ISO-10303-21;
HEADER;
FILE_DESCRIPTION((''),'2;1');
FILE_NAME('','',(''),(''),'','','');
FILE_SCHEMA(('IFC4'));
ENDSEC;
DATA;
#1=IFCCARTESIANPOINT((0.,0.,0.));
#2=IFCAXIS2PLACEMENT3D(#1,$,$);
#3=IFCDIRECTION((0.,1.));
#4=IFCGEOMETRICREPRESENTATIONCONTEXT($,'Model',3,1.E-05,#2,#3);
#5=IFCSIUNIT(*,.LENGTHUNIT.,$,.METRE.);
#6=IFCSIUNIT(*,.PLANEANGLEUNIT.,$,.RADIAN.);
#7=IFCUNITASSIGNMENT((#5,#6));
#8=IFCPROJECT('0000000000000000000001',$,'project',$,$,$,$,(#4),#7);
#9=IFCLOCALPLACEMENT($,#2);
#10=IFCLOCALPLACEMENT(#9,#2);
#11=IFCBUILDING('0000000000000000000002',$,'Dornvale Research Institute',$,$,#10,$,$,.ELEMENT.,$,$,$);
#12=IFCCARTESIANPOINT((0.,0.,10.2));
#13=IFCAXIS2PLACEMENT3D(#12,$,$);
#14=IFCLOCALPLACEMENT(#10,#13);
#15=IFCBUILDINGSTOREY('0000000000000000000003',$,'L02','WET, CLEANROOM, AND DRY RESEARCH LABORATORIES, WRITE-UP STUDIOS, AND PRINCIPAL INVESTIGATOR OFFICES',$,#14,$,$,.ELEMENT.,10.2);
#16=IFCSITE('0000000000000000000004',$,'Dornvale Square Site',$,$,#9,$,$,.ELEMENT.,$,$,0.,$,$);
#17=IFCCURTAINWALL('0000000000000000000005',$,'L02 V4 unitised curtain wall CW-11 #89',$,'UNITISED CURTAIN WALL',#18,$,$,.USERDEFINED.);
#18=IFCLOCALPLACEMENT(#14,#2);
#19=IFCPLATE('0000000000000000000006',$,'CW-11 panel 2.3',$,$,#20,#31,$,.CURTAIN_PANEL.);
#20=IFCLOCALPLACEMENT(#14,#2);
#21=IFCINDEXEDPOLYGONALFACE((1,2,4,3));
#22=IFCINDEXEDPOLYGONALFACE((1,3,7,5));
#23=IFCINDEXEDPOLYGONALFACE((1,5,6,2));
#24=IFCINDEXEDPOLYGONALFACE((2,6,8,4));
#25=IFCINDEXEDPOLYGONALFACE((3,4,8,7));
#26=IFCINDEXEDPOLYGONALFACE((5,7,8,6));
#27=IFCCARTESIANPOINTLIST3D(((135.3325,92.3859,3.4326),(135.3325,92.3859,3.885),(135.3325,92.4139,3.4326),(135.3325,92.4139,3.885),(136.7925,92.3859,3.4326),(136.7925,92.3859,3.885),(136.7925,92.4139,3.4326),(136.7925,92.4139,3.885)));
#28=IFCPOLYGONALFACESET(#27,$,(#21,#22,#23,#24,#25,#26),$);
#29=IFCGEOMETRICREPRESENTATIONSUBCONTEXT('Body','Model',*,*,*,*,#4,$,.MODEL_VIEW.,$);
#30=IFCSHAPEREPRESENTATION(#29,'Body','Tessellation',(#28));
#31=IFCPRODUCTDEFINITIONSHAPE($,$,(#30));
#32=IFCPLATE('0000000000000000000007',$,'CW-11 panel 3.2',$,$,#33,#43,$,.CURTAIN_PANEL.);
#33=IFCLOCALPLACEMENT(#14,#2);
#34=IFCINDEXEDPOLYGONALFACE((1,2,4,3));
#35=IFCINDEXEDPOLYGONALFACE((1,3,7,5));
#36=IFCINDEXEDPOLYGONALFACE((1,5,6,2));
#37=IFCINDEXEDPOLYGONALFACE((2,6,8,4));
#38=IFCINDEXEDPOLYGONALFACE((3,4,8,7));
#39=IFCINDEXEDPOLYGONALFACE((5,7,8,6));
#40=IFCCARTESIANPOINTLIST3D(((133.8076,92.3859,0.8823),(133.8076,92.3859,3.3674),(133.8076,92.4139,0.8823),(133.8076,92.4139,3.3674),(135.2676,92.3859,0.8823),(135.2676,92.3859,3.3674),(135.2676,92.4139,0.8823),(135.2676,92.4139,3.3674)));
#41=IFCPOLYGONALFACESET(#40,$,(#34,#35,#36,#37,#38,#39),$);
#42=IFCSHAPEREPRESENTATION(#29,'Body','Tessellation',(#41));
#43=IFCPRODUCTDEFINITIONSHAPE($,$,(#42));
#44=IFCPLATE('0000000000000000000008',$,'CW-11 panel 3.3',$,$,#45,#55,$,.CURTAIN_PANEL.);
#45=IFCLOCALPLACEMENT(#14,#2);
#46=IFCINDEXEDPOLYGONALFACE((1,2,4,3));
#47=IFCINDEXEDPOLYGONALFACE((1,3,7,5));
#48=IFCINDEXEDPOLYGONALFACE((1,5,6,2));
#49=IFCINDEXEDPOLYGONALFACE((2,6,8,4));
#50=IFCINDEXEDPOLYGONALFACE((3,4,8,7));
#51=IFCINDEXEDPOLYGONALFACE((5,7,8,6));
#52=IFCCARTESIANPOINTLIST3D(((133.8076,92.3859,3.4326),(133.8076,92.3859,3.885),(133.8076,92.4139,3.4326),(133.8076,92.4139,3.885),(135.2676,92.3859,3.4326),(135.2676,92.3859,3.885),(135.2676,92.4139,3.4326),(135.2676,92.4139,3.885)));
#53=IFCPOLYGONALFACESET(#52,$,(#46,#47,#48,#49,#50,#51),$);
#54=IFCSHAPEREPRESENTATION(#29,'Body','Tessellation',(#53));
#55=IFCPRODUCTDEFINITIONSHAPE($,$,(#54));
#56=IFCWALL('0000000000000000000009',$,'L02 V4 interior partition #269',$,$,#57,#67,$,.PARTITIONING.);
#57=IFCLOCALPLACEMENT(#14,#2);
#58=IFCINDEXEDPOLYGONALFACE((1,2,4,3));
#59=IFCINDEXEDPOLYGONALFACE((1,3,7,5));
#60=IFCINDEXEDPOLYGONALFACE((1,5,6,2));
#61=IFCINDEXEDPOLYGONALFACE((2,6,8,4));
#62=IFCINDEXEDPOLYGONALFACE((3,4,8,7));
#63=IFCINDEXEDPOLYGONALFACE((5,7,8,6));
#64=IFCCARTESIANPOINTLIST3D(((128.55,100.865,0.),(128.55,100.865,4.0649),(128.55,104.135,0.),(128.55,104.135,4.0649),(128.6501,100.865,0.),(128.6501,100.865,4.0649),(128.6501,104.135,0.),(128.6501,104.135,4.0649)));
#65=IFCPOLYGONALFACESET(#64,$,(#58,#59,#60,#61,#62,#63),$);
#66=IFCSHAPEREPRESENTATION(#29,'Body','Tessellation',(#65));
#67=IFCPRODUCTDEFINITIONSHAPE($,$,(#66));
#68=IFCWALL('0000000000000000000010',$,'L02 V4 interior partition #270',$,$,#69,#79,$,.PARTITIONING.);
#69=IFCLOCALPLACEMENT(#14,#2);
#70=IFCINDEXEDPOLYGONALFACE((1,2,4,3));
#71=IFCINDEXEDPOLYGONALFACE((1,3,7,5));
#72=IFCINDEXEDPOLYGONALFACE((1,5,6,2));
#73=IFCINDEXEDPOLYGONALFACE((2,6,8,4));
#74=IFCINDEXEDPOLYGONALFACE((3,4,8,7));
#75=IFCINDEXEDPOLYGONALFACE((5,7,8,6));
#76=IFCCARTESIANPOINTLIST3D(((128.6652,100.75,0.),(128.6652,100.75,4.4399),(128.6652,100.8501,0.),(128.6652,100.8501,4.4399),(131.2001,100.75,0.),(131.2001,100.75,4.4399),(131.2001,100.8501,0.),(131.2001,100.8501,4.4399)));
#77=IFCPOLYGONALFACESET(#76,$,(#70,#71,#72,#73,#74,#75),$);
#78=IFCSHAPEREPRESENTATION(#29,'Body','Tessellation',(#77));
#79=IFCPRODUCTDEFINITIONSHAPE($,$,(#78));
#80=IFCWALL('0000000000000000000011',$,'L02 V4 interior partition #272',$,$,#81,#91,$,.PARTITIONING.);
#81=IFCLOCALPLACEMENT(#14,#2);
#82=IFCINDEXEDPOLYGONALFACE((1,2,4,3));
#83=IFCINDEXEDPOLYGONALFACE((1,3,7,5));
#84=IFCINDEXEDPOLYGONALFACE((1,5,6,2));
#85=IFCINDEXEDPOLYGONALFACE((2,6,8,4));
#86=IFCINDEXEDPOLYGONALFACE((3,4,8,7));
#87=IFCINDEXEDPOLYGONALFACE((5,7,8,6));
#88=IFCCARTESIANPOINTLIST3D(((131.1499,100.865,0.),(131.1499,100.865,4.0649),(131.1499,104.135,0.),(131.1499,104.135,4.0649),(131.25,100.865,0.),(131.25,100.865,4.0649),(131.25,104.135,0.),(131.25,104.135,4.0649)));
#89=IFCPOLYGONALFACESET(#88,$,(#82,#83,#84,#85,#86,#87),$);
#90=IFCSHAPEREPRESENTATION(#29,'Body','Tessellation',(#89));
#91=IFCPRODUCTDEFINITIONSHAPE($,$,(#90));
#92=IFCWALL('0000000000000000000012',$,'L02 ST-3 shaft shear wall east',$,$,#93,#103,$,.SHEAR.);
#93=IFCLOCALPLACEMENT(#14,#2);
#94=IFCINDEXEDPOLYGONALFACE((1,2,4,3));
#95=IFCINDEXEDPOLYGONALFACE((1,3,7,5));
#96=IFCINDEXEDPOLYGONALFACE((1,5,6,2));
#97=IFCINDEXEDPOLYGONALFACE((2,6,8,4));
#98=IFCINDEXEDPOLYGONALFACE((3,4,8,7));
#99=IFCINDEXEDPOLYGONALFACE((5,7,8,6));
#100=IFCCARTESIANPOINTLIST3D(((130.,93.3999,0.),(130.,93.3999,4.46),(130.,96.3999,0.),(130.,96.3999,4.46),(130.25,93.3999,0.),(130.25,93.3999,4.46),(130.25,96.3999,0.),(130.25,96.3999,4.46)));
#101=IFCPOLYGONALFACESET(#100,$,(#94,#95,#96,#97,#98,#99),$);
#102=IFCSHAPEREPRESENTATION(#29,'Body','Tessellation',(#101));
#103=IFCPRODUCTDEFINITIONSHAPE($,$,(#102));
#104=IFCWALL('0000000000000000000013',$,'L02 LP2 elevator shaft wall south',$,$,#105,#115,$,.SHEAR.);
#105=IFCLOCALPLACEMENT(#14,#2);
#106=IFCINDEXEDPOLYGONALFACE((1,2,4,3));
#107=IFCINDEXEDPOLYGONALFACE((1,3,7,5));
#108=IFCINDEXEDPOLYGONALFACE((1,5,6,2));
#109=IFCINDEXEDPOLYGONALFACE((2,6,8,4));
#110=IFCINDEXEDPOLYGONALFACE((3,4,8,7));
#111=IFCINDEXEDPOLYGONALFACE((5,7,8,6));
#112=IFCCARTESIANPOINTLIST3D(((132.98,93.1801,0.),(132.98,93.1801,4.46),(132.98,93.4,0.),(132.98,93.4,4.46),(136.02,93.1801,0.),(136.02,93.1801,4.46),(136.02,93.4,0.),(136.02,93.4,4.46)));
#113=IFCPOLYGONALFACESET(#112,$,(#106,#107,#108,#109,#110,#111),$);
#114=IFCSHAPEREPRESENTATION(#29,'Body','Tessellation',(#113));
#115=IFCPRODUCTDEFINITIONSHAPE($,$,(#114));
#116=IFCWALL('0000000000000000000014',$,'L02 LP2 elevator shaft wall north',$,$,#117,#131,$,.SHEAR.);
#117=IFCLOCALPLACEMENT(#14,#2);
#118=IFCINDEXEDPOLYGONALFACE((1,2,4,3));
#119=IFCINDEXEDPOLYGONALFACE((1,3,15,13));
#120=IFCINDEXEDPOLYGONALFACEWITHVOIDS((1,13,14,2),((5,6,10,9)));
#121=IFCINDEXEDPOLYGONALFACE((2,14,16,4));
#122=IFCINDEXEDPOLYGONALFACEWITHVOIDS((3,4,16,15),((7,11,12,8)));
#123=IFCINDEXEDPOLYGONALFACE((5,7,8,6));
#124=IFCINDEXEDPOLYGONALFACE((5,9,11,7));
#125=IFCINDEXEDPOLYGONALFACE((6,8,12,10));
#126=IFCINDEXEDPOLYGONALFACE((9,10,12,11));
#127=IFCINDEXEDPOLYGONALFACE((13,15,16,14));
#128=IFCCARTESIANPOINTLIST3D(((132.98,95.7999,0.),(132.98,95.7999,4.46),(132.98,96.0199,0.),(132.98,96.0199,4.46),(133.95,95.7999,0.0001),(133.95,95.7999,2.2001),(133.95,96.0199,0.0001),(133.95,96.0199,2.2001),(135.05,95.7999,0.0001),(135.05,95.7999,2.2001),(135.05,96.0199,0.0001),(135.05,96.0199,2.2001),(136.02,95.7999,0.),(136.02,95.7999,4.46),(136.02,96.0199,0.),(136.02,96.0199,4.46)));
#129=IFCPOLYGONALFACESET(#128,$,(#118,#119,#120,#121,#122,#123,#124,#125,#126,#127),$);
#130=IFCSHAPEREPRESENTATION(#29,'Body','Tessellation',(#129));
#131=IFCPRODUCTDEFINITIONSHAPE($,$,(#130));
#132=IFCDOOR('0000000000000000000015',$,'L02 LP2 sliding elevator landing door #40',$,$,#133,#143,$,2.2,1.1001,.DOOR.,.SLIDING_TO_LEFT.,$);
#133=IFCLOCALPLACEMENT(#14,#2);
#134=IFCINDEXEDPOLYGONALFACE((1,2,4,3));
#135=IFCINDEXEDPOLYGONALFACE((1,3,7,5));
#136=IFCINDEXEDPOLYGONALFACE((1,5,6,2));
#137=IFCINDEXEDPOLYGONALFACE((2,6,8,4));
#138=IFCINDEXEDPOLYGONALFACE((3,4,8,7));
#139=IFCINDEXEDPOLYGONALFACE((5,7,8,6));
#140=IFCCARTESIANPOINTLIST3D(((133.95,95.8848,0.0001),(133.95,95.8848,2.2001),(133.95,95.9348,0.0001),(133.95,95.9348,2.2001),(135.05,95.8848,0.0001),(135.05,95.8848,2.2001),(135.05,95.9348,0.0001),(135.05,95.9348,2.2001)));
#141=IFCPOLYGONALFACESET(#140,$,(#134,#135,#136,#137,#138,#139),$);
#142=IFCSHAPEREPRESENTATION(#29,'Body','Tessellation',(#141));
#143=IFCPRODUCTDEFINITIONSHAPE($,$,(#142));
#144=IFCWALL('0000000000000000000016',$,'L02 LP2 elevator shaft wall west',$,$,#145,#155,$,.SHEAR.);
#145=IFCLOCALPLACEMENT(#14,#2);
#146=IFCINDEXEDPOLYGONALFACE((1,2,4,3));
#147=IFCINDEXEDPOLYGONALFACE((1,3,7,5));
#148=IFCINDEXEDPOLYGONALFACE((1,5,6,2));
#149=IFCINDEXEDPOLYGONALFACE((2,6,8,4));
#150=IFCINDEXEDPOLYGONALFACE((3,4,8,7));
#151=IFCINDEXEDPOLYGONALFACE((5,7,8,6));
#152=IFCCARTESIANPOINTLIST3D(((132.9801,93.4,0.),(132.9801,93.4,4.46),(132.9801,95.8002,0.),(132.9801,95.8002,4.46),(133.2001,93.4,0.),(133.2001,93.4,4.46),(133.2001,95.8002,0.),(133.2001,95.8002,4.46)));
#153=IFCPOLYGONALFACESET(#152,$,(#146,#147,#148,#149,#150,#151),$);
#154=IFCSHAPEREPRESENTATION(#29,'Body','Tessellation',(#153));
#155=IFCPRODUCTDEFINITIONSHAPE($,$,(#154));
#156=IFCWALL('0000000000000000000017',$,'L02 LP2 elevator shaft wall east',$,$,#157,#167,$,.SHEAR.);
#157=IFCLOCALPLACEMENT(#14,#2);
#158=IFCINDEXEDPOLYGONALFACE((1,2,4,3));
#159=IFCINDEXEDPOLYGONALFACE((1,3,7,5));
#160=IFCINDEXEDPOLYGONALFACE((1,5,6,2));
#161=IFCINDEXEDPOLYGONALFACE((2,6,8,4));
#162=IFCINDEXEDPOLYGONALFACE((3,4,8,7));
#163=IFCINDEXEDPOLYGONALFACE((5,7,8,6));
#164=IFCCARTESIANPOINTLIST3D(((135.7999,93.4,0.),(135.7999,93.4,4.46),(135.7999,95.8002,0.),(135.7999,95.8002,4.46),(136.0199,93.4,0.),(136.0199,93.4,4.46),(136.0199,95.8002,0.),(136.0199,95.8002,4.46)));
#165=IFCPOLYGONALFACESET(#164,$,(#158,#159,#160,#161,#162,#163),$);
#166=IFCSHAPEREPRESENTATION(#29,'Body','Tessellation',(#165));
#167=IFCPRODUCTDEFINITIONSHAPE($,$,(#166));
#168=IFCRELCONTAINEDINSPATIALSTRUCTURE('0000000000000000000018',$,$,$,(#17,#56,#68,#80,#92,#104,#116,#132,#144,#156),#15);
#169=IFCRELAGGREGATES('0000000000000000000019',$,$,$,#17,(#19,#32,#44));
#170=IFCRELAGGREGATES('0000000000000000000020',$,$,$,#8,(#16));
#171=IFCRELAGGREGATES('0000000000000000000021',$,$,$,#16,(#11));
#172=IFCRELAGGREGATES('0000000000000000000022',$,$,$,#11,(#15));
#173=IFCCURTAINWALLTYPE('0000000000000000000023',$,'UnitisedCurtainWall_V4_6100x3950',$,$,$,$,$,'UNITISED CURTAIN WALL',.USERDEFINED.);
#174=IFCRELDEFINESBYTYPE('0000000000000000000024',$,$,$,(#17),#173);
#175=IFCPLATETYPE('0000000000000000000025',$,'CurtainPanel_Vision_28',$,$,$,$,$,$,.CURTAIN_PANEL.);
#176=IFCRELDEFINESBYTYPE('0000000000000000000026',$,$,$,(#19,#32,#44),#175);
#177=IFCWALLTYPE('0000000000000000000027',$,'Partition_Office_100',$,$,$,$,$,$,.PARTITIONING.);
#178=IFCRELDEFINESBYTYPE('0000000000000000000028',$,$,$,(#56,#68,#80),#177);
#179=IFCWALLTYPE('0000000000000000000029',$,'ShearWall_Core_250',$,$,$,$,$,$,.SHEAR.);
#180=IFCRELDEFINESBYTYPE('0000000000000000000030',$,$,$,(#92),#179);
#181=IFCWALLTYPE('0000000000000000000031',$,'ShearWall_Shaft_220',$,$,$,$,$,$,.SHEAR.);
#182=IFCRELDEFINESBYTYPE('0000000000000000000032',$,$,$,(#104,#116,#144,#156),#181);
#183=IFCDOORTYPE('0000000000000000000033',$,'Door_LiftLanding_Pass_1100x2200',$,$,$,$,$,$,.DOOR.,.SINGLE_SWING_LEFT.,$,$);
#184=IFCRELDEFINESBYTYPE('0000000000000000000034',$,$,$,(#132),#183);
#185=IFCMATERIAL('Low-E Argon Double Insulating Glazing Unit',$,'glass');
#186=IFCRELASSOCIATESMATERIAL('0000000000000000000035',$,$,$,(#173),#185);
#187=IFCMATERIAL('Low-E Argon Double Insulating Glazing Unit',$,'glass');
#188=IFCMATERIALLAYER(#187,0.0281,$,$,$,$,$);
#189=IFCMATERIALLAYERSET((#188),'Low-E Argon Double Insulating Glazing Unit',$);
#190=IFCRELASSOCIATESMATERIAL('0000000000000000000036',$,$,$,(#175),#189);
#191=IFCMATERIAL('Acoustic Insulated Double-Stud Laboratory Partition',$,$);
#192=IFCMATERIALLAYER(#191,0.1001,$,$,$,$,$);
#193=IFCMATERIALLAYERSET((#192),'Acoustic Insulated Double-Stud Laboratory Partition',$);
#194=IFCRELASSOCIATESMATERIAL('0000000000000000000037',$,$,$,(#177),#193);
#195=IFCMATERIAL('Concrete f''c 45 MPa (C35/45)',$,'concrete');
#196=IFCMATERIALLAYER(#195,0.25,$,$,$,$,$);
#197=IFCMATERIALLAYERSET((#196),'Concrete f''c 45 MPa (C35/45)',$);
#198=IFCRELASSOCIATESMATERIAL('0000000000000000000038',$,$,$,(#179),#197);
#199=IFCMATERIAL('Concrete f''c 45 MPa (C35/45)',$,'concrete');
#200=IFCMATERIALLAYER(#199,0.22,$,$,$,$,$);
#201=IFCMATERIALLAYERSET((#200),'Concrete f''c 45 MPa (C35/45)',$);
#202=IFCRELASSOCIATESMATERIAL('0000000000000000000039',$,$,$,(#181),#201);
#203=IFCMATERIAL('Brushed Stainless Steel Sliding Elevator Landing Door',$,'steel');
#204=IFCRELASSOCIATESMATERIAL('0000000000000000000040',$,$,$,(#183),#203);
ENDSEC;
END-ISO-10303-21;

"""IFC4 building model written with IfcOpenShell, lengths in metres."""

from ifc_helpers import new_model, si_unit, direction, frame, frame_2d, origin, origin_2d, place, context, subcontext, project, spatial, rectangle, extrude, material, layer, layer_set, type_object, element, fill, aggregate, save


model = new_model("IFC4")

# Units and contexts
model_context = context("Model", 3, precision=1e-05, world=origin(), true_north=direction((0.0, 1.0)))
body_context = subcontext(model_context, "Body", "Model", "MODEL_VIEW")
ifc_project = project(units=[si_unit("LENGTHUNIT", "METRE"), si_unit("PLANEANGLEUNIT", "RADIAN")], contexts=[model_context])

# Site, building, storey
site_placement = place(None, origin())
site = spatial("IfcSite", under=ifc_project, at=site_placement, Name="Dornvale Square Site", CompositionType="ELEMENT", RefElevation=0.0)
building_placement = place(site_placement, origin())
building = spatial("IfcBuilding", under=site, at=building_placement, Name="Dornvale Research Institute", CompositionType="ELEMENT")
storey_placement = place(building_placement, frame((0.0, 0.0, 10.2)))
storey = spatial("IfcBuildingStorey", under=building, at=storey_placement, Name="L02", Description="WET, CLEANROOM, AND DRY RESEARCH LABORATORIES, WRITE-UP STUDIOS, AND PRINCIPAL INVESTIGATOR OFFICES", CompositionType="ELEMENT", Elevation=10.2)

# Curtain wall, plates
ifc_material_1 = material(Name="Low-E Argon Double Insulating Glazing Unit", Category="glass")
curtain_wall_type = type_object("IfcCurtainWallType", Name="UnitisedCurtainWall_V4_6100x3950", ElementType="UNITISED CURTAIN WALL", PredefinedType="USERDEFINED", material=ifc_material_1)
curtain_wall_placement = place(storey_placement, origin())
curtain_wall = element("IfcCurtainWall", 1, at=curtain_wall_placement, inside=storey, type_object=curtain_wall_type, Name="L02 V4 unitised curtain wall CW-11 #89", ObjectType="UNITISED CURTAIN WALL", PredefinedType="USERDEFINED")
ifc_material_2 = material(Name="Low-E Argon Double Insulating Glazing Unit", Category="glass")
ifc_layer_1 = layer(ifc_material_2, 0.0281)
ifc_layer_set_1 = layer_set([ifc_layer_1], Name="Low-E Argon Double Insulating Glazing Unit")
plate_type_1 = type_object("IfcPlateType", Name="CurtainPanel_Vision_28", PredefinedType="CURTAIN_PANEL", material=ifc_layer_set_1)
plate_1_placement = place(storey_placement, frame((136.0625, 92.3999, 3.4326), z_axis=(0.0, 0.0, 1.0), x_axis=(-1.0, 0.0, 0.0)))
plate_1 = element("IfcPlate", 2, at=plate_1_placement, type_object=plate_type_1, Name="CW-11 panel 2.3", PredefinedType="CURTAIN_PANEL", context=body_context, shape_type="SweptSolid", body=[
    extrude(rectangle(XDim=1.46, YDim=0.0281, at=origin_2d()), origin(), (0.0, 0.0, 1.0), 0.4524),
])
plate_2_placement = place(storey_placement, frame((134.5376, 92.3999, 0.8823), z_axis=(0.0, 0.0, 1.0), x_axis=(-1.0, 0.0, 0.0)))
plate_2 = element("IfcPlate", 3, at=plate_2_placement, type_object=plate_type_1, Name="CW-11 panel 3.2", PredefinedType="CURTAIN_PANEL", context=body_context, shape_type="SweptSolid", body=[
    extrude(rectangle(XDim=1.46, YDim=0.0281, at=origin_2d()), origin(), (0.0, 0.0, 1.0), 2.4851),
])
plate_3_placement = place(storey_placement, frame((134.5376, 92.3999, 3.4326), z_axis=(0.0, 0.0, 1.0), x_axis=(-1.0, 0.0, 0.0)))
plate_3 = element("IfcPlate", 4, at=plate_3_placement, type_object=plate_type_1, Name="CW-11 panel 3.3", PredefinedType="CURTAIN_PANEL", context=body_context, shape_type="SweptSolid", body=[
    extrude(rectangle(XDim=1.46, YDim=0.0281, at=origin_2d()), origin(), (0.0, 0.0, 1.0), 0.4524),
])
aggregate(curtain_wall, [plate_1, plate_2, plate_3])

# Walls
ifc_material_3 = material(Name="Acoustic Insulated Double-Stud Laboratory Partition")
ifc_layer_2 = layer(ifc_material_3, 0.1001)
ifc_layer_set_2 = layer_set([ifc_layer_2], Name="Acoustic Insulated Double-Stud Laboratory Partition")
wall_type_1 = type_object("IfcWallType", Name="Partition_Office_100", PredefinedType="PARTITIONING", material=ifc_layer_set_2)
wall_1_placement = place(storey_placement, frame((128.6001, 100.865, 0.0), z_axis=(0.0, 0.0, 1.0), x_axis=(0.0, 1.0, 0.0)))
element("IfcWall", 5, at=wall_1_placement, inside=storey, type_object=wall_type_1, Name="L02 V4 interior partition #269", PredefinedType="PARTITIONING", context=body_context, shape_type="SweptSolid", body=[
    extrude(rectangle(XDim=3.27, YDim=0.1001, at=frame_2d((1.635, 0.0))), origin(), (0.0, 0.0, 1.0), 4.0649),
])
wall_2_placement = place(storey_placement, frame((128.665, 100.8, 0.0), z_axis=(0.0, 0.0, 1.0), x_axis=(1.0, 0.0, 0.0)))
element("IfcWall", 6, at=wall_2_placement, inside=storey, type_object=wall_type_1, Name="L02 V4 interior partition #270", PredefinedType="PARTITIONING", context=body_context, shape_type="SweptSolid", body=[
    extrude(rectangle(XDim=2.5349, YDim=0.1001, at=frame_2d((1.2676, 0.0))), origin(), (0.0, 0.0, 1.0), 4.4399),
])
wall_3_placement = place(storey_placement, frame((131.2, 100.865, 0.0), z_axis=(0.0, 0.0, 1.0), x_axis=(0.0, 1.0, 0.0)))
element("IfcWall", 7, at=wall_3_placement, inside=storey, type_object=wall_type_1, Name="L02 V4 interior partition #272", PredefinedType="PARTITIONING", context=body_context, shape_type="SweptSolid", body=[
    extrude(rectangle(XDim=3.27, YDim=0.1001, at=frame_2d((1.635, 0.0))), origin(), (0.0, 0.0, 1.0), 4.0649),
])
ifc_material_4 = material(Name="Concrete f'c 45 MPa (C35/45)", Category="concrete")
ifc_layer_3 = layer(ifc_material_4, 0.25)
ifc_layer_set_3 = layer_set([ifc_layer_3], Name="Concrete f'c 45 MPa (C35/45)")
wall_type_2 = type_object("IfcWallType", Name="ShearWall_Core_250", PredefinedType="SHEAR", material=ifc_layer_set_3)
wall_4_placement = place(storey_placement, frame((130.125, 93.3999, 0.0), z_axis=(0.0, 0.0, 1.0), x_axis=(0.0, 1.0, 0.0)))
element("IfcWall", 8, at=wall_4_placement, inside=storey, type_object=wall_type_2, Name="L02 ST-3 shaft shear wall east", PredefinedType="SHEAR", context=body_context, shape_type="SweptSolid", body=[
    extrude(rectangle(XDim=3.0, YDim=0.25, at=frame_2d((1.5, 0.0))), origin(), (0.0, 0.0, 1.0), 4.46),
])
ifc_material_5 = material(Name="Concrete f'c 45 MPa (C35/45)", Category="concrete")
ifc_layer_4 = layer(ifc_material_5, 0.22)
ifc_layer_set_4 = layer_set([ifc_layer_4], Name="Concrete f'c 45 MPa (C35/45)")
wall_type_3 = type_object("IfcWallType", Name="ShearWall_Shaft_220", PredefinedType="SHEAR", material=ifc_layer_set_4)
wall_5_placement = place(storey_placement, frame((132.98, 93.29, 0.0), z_axis=(0.0, 0.0, 1.0), x_axis=(1.0, 0.0, 0.0)))
element("IfcWall", 9, at=wall_5_placement, inside=storey, type_object=wall_type_3, Name="L02 LP2 elevator shaft wall south", PredefinedType="SHEAR", context=body_context, shape_type="SweptSolid", body=[
    extrude(rectangle(XDim=3.04, YDim=0.22, at=frame_2d((1.52, 0.0))), origin(), (0.0, 0.0, 1.0), 4.46),
])

# Wall, opening, door
wall_6_placement = place(storey_placement, frame((132.98, 95.9099, 0.0), z_axis=(0.0, 0.0, 1.0), x_axis=(1.0, 0.0, 0.0)))
wall_6 = element("IfcWall", 10, at=wall_6_placement, inside=storey, type_object=wall_type_3, Name="L02 LP2 elevator shaft wall north", PredefinedType="SHEAR", context=body_context, shape_type="SweptSolid", body=[
    extrude(rectangle(XDim=3.04, YDim=0.22, at=frame_2d((1.52, 0.0))), origin(), (0.0, 0.0, 1.0), 4.46),
])
opening_placement = place(wall_6_placement, frame((0.97, 0.0, 0.0)))
opening = element("IfcOpeningElement", 11, at=opening_placement, cuts=wall_6, PredefinedType="OPENING", context=body_context, shape_type="SweptSolid", body=[
    extrude(rectangle(XDim=1.1001, YDim=2.2, at=frame_2d((0.55, 1.1001))), frame((0.0, 0.125, 0.0), z_axis=(0.0, -1.0, 0.0), x_axis=(1.0, 0.0, 0.0)), (0.0, 0.0, 1.0), 0.25),
])
ifc_material_6 = material(Name="Brushed Stainless Steel Sliding Elevator Landing Door", Category="steel")
door_type = type_object("IfcDoorType", Name="Door_LiftLanding_Pass_1100x2200", OperationType="SINGLE_SWING_LEFT", PredefinedType="DOOR", material=ifc_material_6)
door_placement = place(opening_placement, origin())
door = element("IfcDoor", 12, at=door_placement, inside=storey, type_object=door_type, Name="L02 LP2 sliding elevator landing door #40", OperationType="SLIDING_TO_LEFT", OverallHeight=2.2, OverallWidth=1.1001, PredefinedType="DOOR", context=body_context, shape_type="SweptSolid", body=[
    extrude(rectangle(XDim=1.1001, YDim=2.2, at=frame_2d((0.55, 1.1001))), frame((0.0, 0.0249, 0.0), z_axis=(0.0, -1.0, 0.0), x_axis=(1.0, 0.0, 0.0)), (0.0, 0.0, 1.0), 0.05),
])
fill(opening, door)

# Walls
for number, where, z_axis, x_axis, name in (
    (13, (133.0901, 93.3999, 0.0), (0.0, 0.0, 1.0), (0.0, 1.0, 0.0), "L02 LP2 elevator shaft wall west"),
    (14, (135.9099, 93.3999, 0.0), (0.0, 0.0, 1.0), (0.0, 1.0, 0.0), "L02 LP2 elevator shaft wall east"),
):
    element("IfcWall", number, at=place(storey_placement, frame(where, z_axis=z_axis, x_axis=x_axis)), inside=storey, type_object=wall_type_3, Name=name, PredefinedType="SHEAR", context=body_context, shape_type="SweptSolid", body=[
        extrude(rectangle(XDim=2.4001, YDim=0.22, at=frame_2d((1.2002, 0.0))), origin(), (0.0, 0.0, 1.0), 4.46),
    ])

save(model, "model.ifc")
